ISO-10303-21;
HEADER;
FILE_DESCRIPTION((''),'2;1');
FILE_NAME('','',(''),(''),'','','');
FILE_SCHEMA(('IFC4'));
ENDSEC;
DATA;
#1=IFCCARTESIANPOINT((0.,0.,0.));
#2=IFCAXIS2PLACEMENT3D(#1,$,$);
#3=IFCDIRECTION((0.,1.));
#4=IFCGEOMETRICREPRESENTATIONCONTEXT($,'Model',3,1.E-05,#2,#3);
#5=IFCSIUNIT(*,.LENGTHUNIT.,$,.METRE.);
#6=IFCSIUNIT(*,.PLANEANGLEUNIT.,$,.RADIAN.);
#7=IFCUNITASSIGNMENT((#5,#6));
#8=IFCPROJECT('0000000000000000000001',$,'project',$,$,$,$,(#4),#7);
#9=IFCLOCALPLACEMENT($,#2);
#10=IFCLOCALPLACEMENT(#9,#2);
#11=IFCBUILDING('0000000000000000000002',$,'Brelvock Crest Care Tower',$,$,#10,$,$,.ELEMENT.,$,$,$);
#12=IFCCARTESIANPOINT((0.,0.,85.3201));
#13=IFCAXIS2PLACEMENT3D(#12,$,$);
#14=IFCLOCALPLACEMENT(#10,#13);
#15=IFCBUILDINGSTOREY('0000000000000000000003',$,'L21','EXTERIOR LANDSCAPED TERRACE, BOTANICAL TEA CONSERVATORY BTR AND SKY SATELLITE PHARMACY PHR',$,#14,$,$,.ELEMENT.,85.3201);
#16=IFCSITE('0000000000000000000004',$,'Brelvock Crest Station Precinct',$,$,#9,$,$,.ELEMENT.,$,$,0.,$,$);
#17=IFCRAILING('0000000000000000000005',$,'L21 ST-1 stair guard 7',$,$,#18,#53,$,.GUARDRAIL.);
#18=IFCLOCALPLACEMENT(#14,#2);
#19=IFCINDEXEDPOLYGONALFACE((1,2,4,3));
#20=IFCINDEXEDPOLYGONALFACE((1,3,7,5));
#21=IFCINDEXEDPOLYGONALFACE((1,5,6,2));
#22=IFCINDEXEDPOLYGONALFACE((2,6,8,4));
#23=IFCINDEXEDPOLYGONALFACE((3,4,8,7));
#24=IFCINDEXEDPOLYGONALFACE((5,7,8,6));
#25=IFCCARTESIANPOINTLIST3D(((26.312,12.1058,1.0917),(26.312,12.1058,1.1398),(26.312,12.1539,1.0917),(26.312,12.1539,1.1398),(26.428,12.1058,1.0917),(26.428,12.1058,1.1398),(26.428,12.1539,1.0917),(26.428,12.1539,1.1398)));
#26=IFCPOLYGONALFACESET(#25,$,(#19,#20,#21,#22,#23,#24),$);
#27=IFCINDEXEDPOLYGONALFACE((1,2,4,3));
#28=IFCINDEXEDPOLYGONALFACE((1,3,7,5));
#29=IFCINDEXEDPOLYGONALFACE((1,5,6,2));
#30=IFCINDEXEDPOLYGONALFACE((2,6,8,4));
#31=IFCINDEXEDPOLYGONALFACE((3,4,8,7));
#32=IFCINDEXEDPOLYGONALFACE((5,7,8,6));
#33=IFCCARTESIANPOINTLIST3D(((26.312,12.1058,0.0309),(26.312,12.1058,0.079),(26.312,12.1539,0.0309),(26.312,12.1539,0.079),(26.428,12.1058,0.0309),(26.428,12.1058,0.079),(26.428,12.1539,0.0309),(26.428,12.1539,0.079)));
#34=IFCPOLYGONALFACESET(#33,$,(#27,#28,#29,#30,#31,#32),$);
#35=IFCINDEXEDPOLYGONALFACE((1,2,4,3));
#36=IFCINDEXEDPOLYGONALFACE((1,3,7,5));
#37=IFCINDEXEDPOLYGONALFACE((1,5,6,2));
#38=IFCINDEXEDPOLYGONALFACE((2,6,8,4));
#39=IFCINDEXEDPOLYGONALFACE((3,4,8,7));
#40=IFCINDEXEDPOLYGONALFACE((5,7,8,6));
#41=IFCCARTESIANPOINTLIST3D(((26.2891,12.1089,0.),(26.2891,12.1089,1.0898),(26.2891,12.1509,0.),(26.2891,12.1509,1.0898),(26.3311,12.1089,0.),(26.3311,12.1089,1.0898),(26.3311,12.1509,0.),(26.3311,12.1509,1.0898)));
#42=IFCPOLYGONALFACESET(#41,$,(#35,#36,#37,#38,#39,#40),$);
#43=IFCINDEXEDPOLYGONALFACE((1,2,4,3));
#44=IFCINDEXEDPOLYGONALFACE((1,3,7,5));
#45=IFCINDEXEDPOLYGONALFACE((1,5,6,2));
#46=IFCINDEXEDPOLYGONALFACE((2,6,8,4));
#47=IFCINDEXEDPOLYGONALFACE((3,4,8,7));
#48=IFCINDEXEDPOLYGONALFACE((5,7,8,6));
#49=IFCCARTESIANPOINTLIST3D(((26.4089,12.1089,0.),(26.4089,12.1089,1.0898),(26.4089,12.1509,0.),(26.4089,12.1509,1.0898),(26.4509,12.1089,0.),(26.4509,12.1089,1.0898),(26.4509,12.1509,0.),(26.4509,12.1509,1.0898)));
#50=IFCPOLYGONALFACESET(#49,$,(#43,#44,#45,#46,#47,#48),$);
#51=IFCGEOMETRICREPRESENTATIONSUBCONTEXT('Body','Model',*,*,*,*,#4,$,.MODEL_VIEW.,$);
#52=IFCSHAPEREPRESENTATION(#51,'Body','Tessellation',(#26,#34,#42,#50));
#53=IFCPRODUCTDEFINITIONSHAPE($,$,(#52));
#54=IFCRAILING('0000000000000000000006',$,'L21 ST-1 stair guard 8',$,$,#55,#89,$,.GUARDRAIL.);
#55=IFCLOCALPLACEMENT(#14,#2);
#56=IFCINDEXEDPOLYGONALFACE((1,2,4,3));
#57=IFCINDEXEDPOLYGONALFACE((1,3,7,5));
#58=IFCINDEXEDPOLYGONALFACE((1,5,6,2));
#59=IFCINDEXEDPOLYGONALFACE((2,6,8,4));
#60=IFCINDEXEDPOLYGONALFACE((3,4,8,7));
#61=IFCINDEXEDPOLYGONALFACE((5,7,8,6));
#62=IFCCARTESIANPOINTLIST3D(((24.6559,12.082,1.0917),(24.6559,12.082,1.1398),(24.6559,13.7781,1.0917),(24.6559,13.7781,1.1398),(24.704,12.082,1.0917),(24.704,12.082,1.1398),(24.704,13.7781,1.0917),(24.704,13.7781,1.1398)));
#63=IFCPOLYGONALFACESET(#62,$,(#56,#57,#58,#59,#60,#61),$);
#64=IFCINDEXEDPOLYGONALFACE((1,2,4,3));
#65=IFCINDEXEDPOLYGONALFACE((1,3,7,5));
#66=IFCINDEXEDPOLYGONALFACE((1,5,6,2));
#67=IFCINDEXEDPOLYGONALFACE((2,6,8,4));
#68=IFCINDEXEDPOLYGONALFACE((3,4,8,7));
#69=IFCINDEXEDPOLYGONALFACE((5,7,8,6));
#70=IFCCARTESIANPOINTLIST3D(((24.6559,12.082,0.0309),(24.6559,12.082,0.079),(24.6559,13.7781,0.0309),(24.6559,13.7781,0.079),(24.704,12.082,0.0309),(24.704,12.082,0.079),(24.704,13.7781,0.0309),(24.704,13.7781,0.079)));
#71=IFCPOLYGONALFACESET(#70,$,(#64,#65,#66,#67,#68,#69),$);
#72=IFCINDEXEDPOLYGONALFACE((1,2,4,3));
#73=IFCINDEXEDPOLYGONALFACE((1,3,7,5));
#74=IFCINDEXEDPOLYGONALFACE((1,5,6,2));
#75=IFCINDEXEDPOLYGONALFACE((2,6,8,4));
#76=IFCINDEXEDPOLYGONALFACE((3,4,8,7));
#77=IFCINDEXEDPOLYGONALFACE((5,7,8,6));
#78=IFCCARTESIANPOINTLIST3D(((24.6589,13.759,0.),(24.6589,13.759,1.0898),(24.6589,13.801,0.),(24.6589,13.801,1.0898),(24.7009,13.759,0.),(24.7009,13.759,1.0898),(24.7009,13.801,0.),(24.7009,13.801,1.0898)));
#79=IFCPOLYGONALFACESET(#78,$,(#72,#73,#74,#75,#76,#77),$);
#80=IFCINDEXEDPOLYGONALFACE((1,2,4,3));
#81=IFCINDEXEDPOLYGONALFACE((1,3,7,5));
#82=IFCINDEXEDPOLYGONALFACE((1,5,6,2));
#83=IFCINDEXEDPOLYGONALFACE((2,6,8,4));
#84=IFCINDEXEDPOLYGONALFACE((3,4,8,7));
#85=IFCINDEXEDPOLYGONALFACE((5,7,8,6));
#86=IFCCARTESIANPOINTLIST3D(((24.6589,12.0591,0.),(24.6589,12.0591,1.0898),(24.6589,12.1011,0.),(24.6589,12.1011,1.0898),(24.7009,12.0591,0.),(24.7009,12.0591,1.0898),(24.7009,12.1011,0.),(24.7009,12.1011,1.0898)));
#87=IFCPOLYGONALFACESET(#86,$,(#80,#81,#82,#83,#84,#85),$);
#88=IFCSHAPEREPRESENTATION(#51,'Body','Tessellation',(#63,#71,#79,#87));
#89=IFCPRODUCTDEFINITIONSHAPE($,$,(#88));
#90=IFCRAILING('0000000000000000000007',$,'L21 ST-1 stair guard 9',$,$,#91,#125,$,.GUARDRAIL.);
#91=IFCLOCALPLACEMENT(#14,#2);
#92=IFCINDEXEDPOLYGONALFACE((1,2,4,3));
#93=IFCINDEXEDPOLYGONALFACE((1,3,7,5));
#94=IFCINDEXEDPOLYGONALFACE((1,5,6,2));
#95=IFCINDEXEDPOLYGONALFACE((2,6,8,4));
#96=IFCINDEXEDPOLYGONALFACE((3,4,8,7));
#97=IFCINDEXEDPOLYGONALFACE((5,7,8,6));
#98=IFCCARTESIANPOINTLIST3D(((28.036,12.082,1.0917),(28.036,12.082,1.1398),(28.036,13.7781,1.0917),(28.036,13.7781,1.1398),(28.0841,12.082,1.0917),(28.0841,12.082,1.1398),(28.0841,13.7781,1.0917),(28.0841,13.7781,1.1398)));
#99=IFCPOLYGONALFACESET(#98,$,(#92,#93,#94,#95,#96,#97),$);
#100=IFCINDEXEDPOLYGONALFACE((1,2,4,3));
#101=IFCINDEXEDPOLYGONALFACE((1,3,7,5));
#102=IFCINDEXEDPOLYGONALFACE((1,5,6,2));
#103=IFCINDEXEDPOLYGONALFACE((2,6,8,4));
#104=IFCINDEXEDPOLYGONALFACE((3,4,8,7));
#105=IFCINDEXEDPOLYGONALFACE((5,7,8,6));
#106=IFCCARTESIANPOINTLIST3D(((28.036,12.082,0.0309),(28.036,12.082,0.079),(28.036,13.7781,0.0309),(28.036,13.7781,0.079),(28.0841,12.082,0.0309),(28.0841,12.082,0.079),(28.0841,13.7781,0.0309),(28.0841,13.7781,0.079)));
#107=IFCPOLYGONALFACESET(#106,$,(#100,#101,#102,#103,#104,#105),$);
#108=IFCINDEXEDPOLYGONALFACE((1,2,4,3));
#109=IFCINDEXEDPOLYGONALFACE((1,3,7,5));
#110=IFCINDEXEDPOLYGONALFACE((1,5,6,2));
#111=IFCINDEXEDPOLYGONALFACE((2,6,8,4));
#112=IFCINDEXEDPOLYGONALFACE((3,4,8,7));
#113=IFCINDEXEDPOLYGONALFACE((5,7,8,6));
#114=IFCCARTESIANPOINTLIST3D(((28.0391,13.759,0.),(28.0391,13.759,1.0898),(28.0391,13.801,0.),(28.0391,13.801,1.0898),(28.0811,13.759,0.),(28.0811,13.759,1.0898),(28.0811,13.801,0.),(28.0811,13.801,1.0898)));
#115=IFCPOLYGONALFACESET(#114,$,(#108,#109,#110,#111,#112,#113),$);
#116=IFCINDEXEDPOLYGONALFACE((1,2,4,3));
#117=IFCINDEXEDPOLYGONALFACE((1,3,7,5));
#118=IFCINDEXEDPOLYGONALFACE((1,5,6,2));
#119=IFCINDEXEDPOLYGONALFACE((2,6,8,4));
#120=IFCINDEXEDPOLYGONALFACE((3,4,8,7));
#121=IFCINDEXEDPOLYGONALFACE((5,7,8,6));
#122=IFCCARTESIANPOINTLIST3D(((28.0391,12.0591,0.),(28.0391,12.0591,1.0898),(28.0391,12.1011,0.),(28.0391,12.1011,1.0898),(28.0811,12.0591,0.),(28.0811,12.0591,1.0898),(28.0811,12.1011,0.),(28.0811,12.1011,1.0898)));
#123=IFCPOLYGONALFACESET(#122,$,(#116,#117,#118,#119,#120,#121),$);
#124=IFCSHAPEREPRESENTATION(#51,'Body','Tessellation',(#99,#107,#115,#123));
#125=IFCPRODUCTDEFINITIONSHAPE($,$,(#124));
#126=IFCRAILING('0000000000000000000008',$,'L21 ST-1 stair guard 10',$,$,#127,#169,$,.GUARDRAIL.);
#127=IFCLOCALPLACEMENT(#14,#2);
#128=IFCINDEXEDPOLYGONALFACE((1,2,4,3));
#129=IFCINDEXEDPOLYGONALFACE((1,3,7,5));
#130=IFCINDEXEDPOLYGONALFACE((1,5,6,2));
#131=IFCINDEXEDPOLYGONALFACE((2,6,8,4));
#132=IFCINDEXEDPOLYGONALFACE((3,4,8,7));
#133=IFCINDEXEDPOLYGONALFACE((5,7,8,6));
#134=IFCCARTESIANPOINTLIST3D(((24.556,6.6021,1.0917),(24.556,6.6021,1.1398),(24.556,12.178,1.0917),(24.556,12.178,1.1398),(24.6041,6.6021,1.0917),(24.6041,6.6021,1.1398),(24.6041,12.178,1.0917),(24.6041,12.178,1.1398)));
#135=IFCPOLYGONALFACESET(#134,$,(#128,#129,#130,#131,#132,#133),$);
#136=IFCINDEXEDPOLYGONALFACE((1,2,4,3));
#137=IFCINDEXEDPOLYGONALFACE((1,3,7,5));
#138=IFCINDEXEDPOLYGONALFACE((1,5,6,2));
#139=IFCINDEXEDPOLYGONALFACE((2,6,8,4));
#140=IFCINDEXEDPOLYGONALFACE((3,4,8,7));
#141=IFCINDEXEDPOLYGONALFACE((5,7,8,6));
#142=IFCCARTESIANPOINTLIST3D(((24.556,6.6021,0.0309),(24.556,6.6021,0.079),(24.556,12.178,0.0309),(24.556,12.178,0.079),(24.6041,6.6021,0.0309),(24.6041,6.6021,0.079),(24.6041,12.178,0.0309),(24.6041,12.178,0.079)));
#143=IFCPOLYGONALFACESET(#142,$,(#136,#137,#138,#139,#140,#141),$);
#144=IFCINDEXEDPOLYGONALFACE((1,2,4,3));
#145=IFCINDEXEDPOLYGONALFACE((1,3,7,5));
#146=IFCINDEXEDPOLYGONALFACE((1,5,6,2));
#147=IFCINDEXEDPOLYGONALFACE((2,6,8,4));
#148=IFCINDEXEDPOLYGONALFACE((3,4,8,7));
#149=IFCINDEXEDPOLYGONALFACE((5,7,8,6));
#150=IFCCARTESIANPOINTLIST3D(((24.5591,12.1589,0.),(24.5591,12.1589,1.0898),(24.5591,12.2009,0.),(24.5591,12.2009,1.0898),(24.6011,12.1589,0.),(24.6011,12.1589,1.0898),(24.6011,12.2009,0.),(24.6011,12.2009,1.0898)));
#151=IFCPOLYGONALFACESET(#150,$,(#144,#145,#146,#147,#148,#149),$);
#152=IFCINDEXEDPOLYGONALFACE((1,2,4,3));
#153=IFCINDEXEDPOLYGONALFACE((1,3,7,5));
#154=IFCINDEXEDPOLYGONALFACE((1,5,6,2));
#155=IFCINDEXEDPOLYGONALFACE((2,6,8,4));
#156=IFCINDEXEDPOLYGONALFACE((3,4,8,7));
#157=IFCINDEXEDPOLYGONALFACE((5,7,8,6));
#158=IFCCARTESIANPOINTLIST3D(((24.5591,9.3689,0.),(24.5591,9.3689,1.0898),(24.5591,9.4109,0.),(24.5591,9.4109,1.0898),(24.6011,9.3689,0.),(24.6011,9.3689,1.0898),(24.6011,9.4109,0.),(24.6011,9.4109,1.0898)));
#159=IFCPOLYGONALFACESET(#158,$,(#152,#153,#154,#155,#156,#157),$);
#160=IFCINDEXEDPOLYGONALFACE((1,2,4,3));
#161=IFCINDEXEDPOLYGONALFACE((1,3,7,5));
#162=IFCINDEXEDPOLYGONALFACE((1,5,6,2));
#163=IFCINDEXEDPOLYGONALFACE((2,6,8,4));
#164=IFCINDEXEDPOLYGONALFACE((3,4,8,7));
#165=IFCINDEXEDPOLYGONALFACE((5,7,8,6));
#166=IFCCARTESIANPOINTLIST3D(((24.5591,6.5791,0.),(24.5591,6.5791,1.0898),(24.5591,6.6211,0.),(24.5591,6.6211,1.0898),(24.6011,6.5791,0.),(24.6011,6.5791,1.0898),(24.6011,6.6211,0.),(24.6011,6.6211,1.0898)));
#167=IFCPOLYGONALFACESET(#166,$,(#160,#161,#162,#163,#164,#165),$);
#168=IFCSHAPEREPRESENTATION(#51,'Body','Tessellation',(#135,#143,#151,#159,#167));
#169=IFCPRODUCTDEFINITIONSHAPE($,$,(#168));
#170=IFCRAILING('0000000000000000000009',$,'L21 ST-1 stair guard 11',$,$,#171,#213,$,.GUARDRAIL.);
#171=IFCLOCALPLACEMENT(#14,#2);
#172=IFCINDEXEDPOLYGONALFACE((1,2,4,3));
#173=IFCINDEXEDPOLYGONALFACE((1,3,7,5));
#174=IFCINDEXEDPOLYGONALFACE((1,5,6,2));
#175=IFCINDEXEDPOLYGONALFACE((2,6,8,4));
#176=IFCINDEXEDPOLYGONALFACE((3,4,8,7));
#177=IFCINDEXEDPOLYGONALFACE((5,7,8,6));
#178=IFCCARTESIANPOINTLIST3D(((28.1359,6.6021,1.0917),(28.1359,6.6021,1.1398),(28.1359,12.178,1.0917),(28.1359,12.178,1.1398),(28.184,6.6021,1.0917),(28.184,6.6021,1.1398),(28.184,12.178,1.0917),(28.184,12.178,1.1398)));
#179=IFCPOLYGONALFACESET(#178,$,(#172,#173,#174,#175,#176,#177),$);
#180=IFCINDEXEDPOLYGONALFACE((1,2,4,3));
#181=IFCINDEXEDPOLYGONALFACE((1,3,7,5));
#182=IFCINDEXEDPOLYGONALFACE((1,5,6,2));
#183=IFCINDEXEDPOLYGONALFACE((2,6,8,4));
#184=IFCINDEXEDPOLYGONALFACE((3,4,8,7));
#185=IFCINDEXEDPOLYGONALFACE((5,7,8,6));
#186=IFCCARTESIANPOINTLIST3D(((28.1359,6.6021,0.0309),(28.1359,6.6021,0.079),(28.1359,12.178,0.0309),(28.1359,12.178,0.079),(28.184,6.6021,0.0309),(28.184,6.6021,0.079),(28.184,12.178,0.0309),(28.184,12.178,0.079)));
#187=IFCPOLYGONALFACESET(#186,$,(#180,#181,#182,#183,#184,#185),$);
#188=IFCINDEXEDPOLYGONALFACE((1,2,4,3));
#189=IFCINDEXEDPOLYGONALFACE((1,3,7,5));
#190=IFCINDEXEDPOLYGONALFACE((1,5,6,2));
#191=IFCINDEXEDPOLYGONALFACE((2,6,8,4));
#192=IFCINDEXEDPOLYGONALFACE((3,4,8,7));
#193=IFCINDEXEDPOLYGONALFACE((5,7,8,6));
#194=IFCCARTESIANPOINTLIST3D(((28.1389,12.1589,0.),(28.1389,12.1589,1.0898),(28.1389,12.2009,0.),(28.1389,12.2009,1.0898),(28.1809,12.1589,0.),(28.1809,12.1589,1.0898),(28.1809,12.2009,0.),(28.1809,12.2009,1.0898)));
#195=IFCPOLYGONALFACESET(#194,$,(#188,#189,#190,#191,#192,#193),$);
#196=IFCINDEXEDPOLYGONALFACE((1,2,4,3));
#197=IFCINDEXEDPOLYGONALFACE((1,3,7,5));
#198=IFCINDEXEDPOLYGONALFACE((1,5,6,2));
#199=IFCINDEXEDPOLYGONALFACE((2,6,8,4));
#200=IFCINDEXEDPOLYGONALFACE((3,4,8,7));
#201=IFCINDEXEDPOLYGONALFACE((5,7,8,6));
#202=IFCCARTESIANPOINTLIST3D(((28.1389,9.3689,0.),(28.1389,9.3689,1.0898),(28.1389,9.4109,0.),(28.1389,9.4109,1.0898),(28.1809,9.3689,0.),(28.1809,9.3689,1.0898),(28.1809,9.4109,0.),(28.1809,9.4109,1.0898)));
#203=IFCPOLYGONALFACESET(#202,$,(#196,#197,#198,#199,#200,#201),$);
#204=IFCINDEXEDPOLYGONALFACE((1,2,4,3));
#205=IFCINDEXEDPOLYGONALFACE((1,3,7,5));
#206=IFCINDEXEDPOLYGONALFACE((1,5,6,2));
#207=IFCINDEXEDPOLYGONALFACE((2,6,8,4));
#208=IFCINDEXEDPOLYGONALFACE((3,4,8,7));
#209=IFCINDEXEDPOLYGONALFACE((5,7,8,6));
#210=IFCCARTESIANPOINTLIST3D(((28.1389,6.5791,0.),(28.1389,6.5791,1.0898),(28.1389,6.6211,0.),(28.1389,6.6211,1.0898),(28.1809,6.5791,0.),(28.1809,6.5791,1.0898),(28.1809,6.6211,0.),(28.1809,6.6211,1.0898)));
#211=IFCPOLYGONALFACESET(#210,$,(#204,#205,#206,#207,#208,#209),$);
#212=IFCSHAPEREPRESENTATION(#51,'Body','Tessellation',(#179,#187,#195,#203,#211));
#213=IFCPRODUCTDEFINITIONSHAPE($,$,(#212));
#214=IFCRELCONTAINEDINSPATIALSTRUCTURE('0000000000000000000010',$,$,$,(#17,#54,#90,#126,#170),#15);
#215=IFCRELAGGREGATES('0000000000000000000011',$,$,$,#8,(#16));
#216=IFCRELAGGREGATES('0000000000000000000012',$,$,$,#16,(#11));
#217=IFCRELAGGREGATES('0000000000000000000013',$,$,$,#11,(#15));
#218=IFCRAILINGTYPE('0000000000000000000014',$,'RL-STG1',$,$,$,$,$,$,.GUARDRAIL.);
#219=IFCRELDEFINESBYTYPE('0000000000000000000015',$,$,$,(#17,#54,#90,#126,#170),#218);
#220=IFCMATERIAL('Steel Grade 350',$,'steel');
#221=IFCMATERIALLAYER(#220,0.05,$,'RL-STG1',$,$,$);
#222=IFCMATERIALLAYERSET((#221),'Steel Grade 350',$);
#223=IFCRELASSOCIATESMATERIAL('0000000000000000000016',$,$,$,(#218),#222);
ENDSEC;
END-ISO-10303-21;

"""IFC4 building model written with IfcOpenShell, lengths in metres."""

from ifc_helpers import new_model, si_unit, direction, frame, origin, origin_2d, place, context, subcontext, project, spatial, rectangle, extrude, material, layer, layer_set, type_object, element, save


model = new_model("IFC4")

# Units and contexts
model_context = context("Model", 3, precision=1e-05, world=origin(), true_north=direction((0.0, 1.0)))
body_context = subcontext(model_context, "Body", "Model", "MODEL_VIEW")
ifc_project = project(units=[si_unit("LENGTHUNIT", "METRE"), si_unit("PLANEANGLEUNIT", "RADIAN")], contexts=[model_context])

# Site, building, storey
site_placement = place(None, origin())
site = spatial("IfcSite", under=ifc_project, at=site_placement, Name="Brelvock Crest Station Precinct", CompositionType="ELEMENT", RefElevation=0.0)
building_placement = place(site_placement, origin())
building = spatial("IfcBuilding", under=site, at=building_placement, Name="Brelvock Crest Care Tower", CompositionType="ELEMENT")
storey_placement = place(building_placement, frame((0.0, 0.0, 85.3201)))
storey = spatial("IfcBuildingStorey", under=building, at=storey_placement, Name="L21", Description="EXTERIOR LANDSCAPED TERRACE, BOTANICAL TEA CONSERVATORY BTR AND SKY SATELLITE PHARMACY PHR", CompositionType="ELEMENT", Elevation=85.3201)

# Shared definitions
ifc_material_1 = material(Name="Steel Grade 350", Category="steel")

# Railings
ifc_layer_1 = layer(ifc_material_1, 0.05, Name="RL-STG1")
ifc_layer_set_1 = layer_set([ifc_layer_1], Name="Steel Grade 350")
railing_type_1 = type_object("IfcRailingType", Name="RL-STG1", PredefinedType="GUARDRAIL", material=ifc_layer_set_1)
railing_1_placement = place(storey_placement, frame((26.3101, 12.1299, 0.0)))
element("IfcRailing", 1, at=railing_1_placement, inside=storey, type_object=railing_type_1, Name="L21 ST-1 stair guard 7", PredefinedType="GUARDRAIL", context=body_context, shape_type="SweptSolid", body=[
    extrude(rectangle(XDim=0.0481, YDim=0.0481, at=origin_2d()), frame((0.002, 0.0, 1.1157), z_axis=(1.0, 0.0, 0.0), x_axis=(0.0, 1.0, 0.0)), (0.0, 0.0, 1.0), 0.116),
    extrude(rectangle(XDim=0.0481, YDim=0.0481, at=origin_2d()), frame((0.002, 0.0, 0.0549), z_axis=(1.0, 0.0, 0.0), x_axis=(0.0, 1.0, 0.0)), (0.0, 0.0, 1.0), 0.116),
    extrude(rectangle(XDim=0.042, YDim=0.042, at=origin_2d()), origin(), (0.0, 0.0, 1.0), 1.0898),
    extrude(rectangle(XDim=0.042, YDim=0.042, at=origin_2d()), frame((0.1199, 0.0, 0.0)), (0.0, 0.0, 1.0), 1.0898),
])
for number, where, name in (
    (2, (24.6799, 13.78, 0.0), "L21 ST-1 stair guard 8"),
    (3, (28.0601, 13.78, 0.0), "L21 ST-1 stair guard 9"),
):
    element("IfcRailing", number, at=place(storey_placement, frame(where)), inside=storey, type_object=railing_type_1, Name=name, PredefinedType="GUARDRAIL", context=body_context, shape_type="SweptSolid", body=[
        extrude(rectangle(XDim=0.0481, YDim=0.0481, at=origin_2d()), frame((0.0, -0.002, 1.1157), z_axis=(0.0, -1.0, 0.0), x_axis=(1.0, 0.0, 0.0)), (0.0, 0.0, 1.0), 1.696),
        extrude(rectangle(XDim=0.0481, YDim=0.0481, at=origin_2d()), frame((0.0, -0.002, 0.0549), z_axis=(0.0, -1.0, 0.0), x_axis=(1.0, 0.0, 0.0)), (0.0, 0.0, 1.0), 1.696),
        extrude(rectangle(XDim=0.042, YDim=0.042, at=origin_2d()), origin(), (0.0, 0.0, 1.0), 1.0898),
        extrude(rectangle(XDim=0.042, YDim=0.042, at=origin_2d()), frame((0.0, -1.7, 0.0)), (0.0, 0.0, 1.0), 1.0898),
    ])
for number, where, name in (
    (4, (24.5801, 12.1799, 0.0), "L21 ST-1 stair guard 10"),
    (5, (28.1599, 12.1799, 0.0), "L21 ST-1 stair guard 11"),
):
    element("IfcRailing", number, at=place(storey_placement, frame(where)), inside=storey, type_object=railing_type_1, Name=name, PredefinedType="GUARDRAIL", context=body_context, shape_type="SweptSolid", body=[
        extrude(rectangle(XDim=0.0481, YDim=0.0481, at=origin_2d()), frame((0.0, -0.002, 1.1157), z_axis=(0.0, -1.0, 0.0), x_axis=(1.0, 0.0, 0.0)), (0.0, 0.0, 1.0), 5.5759),
        extrude(rectangle(XDim=0.0481, YDim=0.0481, at=origin_2d()), frame((0.0, -0.002, 0.0549), z_axis=(0.0, -1.0, 0.0), x_axis=(1.0, 0.0, 0.0)), (0.0, 0.0, 1.0), 5.5759),
        extrude(rectangle(XDim=0.042, YDim=0.042, at=origin_2d()), origin(), (0.0, 0.0, 1.0), 1.0898),
        extrude(rectangle(XDim=0.042, YDim=0.042, at=origin_2d()), frame((0.0, -2.79, 0.0)), (0.0, 0.0, 1.0), 1.0898),
        extrude(rectangle(XDim=0.042, YDim=0.042, at=origin_2d()), frame((0.0, -5.5798, 0.0)), (0.0, 0.0, 1.0), 1.0898),
    ])

save(model, "model.ifc")
